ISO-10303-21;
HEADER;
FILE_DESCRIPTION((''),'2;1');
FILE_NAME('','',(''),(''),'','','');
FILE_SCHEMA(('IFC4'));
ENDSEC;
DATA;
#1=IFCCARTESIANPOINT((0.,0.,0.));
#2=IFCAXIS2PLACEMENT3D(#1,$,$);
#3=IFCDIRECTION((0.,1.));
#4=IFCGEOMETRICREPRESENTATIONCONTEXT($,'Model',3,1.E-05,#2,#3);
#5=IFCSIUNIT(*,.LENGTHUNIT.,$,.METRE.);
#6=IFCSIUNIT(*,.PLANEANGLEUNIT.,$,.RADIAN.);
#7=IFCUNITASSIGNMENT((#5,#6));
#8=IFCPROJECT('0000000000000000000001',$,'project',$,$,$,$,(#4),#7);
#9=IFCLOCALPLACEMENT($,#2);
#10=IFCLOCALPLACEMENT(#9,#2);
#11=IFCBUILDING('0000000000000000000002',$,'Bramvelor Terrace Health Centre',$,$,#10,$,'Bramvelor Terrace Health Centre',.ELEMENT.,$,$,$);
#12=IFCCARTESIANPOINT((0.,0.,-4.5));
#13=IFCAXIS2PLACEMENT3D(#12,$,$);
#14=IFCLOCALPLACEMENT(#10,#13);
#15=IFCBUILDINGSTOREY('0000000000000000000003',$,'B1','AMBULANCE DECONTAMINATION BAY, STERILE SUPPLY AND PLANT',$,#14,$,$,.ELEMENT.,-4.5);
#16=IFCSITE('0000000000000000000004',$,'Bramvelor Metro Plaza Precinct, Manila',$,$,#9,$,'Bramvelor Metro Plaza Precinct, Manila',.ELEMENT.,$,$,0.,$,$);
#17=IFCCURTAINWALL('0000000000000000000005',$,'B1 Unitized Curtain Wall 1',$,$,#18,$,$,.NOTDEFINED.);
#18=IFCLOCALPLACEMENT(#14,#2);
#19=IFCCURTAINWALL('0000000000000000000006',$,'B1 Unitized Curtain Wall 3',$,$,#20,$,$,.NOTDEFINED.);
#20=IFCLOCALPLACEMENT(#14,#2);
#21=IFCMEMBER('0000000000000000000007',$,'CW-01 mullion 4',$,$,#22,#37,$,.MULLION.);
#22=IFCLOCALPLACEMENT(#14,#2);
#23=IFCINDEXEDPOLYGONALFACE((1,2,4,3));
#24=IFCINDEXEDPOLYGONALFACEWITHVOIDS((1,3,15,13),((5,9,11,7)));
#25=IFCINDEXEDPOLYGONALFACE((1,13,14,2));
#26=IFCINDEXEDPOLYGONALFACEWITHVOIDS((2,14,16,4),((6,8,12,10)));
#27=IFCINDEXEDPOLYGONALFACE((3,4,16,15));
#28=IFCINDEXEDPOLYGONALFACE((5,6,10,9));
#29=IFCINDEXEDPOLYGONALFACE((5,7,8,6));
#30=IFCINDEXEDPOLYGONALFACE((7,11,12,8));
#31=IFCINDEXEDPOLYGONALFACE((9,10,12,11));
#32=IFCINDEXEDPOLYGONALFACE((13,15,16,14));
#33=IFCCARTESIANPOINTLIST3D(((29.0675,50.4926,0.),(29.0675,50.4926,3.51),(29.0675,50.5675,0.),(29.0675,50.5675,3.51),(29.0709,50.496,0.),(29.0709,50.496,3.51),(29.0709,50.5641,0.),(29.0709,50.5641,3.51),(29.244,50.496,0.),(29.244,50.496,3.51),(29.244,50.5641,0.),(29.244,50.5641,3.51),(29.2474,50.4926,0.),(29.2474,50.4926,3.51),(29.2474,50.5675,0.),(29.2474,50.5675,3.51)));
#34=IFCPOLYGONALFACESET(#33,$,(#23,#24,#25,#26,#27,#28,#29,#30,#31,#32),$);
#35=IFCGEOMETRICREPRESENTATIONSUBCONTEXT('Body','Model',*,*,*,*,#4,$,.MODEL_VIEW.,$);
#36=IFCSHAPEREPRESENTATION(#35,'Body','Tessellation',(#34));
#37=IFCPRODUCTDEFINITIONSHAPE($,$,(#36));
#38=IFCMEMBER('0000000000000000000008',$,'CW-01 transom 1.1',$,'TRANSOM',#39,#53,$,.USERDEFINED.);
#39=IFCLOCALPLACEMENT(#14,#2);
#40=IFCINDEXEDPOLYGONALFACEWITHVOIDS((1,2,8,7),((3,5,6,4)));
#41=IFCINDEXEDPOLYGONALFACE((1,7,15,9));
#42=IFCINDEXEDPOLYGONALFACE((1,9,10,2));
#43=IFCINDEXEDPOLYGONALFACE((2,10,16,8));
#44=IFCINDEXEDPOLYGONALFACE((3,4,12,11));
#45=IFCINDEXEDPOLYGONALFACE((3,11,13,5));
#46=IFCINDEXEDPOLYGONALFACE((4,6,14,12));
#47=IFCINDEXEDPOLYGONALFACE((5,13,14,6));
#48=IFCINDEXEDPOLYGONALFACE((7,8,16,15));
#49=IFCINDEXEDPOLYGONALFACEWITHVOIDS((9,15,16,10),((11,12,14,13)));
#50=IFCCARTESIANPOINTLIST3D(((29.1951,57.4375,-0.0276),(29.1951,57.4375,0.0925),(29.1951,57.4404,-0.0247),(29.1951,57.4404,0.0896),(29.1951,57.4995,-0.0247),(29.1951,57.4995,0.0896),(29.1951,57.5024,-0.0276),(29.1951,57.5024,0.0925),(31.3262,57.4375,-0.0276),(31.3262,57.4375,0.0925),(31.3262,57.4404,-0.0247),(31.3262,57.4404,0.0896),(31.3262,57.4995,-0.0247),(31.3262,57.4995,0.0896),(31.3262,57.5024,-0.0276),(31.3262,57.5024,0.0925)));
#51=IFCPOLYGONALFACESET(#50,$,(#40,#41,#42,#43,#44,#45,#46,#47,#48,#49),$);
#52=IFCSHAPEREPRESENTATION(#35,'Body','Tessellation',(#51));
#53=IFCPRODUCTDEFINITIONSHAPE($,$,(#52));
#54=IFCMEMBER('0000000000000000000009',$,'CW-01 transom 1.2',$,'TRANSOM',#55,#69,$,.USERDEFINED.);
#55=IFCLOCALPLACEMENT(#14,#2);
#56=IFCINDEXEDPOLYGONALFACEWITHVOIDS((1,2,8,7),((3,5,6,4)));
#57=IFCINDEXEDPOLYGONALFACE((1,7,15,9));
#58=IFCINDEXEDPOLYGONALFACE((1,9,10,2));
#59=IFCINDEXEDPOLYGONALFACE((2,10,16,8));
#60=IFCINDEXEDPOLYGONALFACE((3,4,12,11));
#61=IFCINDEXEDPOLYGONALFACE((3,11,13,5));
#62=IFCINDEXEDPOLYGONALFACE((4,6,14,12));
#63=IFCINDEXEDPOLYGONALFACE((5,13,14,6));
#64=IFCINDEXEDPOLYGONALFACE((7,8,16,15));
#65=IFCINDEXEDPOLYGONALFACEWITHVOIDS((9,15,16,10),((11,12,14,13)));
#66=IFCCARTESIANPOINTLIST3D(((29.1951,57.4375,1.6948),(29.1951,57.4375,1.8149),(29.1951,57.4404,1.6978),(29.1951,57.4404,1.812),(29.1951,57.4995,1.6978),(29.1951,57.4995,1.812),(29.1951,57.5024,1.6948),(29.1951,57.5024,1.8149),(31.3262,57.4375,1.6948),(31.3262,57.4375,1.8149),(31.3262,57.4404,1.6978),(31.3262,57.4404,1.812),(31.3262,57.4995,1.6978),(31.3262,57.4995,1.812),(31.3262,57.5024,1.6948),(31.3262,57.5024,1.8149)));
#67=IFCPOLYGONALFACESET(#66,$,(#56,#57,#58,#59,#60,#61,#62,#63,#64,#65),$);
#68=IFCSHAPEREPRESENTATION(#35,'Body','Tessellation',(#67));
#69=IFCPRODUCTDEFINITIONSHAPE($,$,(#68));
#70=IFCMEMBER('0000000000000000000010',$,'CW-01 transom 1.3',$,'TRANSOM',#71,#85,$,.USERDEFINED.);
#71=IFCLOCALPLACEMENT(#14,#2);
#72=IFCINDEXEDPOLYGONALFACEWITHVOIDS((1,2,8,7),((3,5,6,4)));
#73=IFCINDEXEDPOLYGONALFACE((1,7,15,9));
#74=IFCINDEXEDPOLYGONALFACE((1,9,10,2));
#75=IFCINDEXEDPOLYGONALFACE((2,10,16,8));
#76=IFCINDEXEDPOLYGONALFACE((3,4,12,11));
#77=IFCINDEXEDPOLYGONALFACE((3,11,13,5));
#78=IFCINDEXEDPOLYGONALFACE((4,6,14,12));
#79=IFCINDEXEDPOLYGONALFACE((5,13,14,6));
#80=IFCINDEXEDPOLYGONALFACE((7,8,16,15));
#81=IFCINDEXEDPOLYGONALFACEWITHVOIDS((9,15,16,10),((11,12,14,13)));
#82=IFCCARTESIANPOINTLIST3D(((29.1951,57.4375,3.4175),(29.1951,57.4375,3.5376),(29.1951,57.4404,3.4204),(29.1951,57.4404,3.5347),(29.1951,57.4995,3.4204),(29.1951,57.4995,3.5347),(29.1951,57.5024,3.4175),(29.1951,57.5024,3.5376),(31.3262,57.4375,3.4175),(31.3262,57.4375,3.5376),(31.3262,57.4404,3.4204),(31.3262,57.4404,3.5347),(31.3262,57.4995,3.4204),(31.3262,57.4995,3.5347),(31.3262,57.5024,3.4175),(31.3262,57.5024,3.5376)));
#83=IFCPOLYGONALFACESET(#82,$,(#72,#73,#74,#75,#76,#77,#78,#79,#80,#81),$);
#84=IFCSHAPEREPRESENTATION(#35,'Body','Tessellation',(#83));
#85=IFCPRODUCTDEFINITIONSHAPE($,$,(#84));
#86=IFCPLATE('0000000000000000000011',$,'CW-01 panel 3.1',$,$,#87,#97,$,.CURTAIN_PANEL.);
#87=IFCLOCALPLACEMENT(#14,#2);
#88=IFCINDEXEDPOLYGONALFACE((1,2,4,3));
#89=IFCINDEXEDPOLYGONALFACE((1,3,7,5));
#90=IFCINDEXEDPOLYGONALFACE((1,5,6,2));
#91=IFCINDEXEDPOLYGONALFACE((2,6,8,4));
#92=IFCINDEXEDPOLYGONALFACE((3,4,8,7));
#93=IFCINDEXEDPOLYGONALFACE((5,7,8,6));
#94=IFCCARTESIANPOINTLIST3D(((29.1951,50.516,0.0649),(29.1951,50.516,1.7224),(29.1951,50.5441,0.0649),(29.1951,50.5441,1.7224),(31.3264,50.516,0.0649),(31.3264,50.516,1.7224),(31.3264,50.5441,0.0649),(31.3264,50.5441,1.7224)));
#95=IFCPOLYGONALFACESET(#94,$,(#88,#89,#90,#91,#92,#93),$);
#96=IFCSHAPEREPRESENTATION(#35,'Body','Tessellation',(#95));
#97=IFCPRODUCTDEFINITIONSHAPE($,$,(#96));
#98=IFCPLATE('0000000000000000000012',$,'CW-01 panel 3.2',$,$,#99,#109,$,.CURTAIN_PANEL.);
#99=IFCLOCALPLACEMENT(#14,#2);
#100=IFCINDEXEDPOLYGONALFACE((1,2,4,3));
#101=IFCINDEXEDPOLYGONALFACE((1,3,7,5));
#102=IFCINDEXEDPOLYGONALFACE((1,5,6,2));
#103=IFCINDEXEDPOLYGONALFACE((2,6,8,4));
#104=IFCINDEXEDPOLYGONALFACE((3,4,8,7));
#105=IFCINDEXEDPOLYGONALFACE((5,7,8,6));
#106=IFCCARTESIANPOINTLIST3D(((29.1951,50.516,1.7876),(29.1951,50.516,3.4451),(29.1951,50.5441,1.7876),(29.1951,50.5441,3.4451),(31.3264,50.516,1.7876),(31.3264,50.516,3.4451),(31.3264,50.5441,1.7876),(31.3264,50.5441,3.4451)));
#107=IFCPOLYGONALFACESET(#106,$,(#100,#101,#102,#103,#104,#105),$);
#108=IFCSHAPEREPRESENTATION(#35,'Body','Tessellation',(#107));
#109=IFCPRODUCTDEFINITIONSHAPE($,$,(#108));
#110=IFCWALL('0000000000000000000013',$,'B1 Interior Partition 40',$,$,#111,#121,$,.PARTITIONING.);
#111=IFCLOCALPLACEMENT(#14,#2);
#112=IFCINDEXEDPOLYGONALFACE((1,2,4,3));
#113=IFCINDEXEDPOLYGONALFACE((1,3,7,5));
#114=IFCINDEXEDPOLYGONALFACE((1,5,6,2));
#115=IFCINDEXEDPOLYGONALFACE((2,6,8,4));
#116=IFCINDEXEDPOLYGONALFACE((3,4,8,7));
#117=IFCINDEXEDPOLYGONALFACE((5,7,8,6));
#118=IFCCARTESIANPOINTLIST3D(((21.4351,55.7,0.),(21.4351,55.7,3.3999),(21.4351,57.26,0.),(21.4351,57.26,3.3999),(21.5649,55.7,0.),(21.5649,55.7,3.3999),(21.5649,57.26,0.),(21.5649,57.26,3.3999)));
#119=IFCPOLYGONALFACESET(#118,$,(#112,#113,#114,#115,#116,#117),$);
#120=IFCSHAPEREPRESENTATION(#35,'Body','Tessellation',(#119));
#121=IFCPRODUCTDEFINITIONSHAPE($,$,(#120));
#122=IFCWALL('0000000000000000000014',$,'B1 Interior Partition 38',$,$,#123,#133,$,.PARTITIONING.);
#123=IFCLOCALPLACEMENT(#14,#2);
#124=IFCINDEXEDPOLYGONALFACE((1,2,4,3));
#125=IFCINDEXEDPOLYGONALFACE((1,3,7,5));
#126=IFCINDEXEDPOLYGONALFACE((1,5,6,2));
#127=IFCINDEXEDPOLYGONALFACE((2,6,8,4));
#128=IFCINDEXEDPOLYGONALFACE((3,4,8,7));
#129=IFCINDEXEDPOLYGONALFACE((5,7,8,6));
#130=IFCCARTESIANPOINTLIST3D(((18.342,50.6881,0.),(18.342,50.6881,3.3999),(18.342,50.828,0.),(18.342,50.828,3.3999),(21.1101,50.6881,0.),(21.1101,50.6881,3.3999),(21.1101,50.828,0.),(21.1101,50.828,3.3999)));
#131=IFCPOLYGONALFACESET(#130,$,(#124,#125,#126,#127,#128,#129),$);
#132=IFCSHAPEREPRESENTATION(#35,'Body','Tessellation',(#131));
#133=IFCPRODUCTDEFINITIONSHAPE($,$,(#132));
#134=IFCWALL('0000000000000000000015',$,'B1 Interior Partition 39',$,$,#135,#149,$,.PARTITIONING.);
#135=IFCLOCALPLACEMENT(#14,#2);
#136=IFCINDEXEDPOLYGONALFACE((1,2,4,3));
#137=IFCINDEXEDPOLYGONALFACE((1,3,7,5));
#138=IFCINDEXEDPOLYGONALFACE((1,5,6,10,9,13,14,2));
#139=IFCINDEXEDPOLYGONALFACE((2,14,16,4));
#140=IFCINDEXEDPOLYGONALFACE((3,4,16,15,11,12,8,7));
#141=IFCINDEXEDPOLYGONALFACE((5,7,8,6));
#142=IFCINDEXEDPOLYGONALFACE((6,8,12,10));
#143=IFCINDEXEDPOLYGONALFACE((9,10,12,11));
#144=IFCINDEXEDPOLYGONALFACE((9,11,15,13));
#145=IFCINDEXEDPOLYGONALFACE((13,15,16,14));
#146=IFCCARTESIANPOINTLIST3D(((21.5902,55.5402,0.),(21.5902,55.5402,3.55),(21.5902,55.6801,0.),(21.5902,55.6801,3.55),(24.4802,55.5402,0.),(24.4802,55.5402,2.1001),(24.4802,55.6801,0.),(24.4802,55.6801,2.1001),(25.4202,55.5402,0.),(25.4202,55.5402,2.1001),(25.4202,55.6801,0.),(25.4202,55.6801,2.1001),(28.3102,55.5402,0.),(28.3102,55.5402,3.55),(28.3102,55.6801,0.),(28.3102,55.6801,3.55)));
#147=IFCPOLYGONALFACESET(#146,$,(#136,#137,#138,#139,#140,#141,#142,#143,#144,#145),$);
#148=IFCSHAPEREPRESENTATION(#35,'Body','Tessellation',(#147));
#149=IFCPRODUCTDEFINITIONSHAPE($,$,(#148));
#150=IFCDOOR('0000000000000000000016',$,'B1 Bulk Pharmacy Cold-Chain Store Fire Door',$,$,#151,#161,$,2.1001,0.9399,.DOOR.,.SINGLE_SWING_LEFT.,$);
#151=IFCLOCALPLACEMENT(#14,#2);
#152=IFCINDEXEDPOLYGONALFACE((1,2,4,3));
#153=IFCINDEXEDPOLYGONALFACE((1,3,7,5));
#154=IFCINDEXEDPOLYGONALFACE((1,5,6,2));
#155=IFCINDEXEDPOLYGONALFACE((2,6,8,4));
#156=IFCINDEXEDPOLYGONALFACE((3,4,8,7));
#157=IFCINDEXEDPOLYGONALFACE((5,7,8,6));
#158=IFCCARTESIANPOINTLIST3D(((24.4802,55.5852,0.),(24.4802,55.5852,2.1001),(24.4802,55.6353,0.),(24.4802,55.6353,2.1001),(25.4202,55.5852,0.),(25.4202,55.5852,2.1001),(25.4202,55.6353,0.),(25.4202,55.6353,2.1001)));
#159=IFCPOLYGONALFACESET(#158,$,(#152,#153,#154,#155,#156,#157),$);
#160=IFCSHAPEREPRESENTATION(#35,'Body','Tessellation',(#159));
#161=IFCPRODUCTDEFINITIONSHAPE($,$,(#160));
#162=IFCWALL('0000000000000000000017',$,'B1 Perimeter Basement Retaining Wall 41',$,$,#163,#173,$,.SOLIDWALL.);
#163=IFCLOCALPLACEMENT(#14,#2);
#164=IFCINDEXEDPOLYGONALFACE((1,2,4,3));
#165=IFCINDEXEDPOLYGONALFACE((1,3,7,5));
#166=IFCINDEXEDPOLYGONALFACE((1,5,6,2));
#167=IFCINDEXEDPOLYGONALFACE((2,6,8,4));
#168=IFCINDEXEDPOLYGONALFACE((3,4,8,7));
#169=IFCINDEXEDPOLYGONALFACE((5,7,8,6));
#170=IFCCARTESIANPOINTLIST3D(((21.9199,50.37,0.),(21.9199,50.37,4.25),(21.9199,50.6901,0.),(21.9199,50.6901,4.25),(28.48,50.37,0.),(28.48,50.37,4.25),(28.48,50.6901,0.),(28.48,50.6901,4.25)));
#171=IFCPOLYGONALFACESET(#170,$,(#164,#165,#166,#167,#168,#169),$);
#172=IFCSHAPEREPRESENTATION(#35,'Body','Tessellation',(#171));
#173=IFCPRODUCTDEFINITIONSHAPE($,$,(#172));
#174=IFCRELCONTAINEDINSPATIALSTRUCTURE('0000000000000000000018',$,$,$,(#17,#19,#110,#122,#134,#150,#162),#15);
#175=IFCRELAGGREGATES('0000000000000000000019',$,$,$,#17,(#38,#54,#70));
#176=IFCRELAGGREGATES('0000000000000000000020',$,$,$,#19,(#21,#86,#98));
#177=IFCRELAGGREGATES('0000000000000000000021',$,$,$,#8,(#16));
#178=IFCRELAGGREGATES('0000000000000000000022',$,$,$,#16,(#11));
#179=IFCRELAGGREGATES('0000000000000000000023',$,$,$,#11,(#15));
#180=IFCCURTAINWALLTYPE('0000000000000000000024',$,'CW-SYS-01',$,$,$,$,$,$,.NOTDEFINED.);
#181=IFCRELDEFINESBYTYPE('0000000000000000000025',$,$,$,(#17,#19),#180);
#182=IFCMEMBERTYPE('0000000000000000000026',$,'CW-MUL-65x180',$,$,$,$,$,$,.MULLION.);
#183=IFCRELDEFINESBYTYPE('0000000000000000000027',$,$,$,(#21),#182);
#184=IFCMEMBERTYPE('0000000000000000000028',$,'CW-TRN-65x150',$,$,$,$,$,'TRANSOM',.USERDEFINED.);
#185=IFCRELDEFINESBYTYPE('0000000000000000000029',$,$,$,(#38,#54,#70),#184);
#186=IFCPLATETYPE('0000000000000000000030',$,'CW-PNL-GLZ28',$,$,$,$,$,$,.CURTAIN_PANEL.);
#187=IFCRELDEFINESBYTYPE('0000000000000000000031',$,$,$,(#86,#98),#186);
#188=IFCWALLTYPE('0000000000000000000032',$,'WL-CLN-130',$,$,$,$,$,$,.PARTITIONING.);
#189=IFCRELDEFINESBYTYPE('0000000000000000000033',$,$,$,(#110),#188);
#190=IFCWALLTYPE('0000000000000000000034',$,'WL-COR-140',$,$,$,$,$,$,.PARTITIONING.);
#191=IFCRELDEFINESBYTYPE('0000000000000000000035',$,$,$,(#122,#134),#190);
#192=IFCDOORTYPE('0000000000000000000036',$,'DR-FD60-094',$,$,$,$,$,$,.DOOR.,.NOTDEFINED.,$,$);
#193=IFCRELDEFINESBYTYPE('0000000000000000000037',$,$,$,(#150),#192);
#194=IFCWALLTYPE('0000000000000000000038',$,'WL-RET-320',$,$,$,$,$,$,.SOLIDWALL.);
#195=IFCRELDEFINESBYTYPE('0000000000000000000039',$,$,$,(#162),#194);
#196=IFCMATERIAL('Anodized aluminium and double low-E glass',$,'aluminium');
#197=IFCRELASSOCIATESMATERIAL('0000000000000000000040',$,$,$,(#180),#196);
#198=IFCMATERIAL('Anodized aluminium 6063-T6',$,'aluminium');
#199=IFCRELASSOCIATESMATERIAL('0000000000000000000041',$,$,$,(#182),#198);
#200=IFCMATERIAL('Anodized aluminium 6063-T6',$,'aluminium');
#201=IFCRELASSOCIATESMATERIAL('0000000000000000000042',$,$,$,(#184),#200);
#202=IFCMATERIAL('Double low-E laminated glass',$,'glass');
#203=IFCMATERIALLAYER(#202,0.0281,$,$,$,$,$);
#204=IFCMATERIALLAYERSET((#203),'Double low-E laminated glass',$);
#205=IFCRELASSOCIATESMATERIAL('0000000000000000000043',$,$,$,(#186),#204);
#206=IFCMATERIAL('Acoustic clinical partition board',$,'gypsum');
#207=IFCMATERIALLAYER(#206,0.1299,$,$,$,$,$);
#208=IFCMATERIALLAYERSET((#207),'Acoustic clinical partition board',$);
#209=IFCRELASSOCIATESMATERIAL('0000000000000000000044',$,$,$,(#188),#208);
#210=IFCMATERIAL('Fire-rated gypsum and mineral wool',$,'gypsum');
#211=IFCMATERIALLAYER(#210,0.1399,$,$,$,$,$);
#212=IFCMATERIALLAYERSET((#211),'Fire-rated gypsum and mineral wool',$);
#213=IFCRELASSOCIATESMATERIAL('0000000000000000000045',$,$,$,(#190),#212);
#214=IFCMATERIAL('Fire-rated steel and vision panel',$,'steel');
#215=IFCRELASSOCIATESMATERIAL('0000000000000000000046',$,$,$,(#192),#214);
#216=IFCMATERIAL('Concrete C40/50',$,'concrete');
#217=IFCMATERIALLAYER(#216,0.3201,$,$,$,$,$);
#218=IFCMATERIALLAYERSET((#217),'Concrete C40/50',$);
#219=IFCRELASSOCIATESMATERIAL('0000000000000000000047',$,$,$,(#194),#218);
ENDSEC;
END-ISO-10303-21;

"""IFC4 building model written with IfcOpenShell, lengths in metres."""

from ifc_helpers import new_model, si_unit, direction, frame, frame_2d, origin, origin_2d, place, context, subcontext, project, spatial, rectangle, hollow_rectangle, extrude, material, layer, layer_set, material_profile, profile_set, type_object, element, fill, aggregate, save


model = new_model("IFC4")

# Units and contexts
model_context = context("Model", 3, precision=1e-05, world=origin(), true_north=direction((0.0, 1.0)))
body_context = subcontext(model_context, "Body", "Model", "MODEL_VIEW")
ifc_project = project(units=[si_unit("LENGTHUNIT", "METRE"), si_unit("PLANEANGLEUNIT", "RADIAN")], contexts=[model_context])

# Site, building, storey
site_placement = place(None, origin())
site = spatial("IfcSite", under=ifc_project, at=site_placement, Name="Bramvelor Metro Plaza Precinct, Manila", LongName="Bramvelor Metro Plaza Precinct, Manila", CompositionType="ELEMENT", RefElevation=0.0)
building_placement = place(site_placement, origin())
building = spatial("IfcBuilding", under=site, at=building_placement, Name="Bramvelor Terrace Health Centre", LongName="Bramvelor Terrace Health Centre", CompositionType="ELEMENT")
storey_placement = place(building_placement, frame((0.0, 0.0, -4.5)))
storey = spatial("IfcBuildingStorey", under=building, at=storey_placement, Name="B1", Description="AMBULANCE DECONTAMINATION BAY, STERILE SUPPLY AND PLANT", CompositionType="ELEMENT", Elevation=-4.5)

# Curtain walls, member
ifc_material_1 = material(Name="Anodized aluminium and double low-E glass", Category="aluminium")
curtain_wall_type = type_object("IfcCurtainWallType", Name="CW-SYS-01", PredefinedType="NOTDEFINED", material=ifc_material_1)
curtain_wall_1_placement = place(storey_placement, origin())
curtain_wall_1 = element("IfcCurtainWall", 1, at=curtain_wall_1_placement, inside=storey, type_object=curtain_wall_type, Name="B1 Unitized Curtain Wall 1", PredefinedType="NOTDEFINED")
ifc_material_2 = material(Name="Anodized aluminium 6063-T6", Category="aluminium")
ifc_material_profile_1 = material_profile(ifc_material_2, hollow_rectangle(XDim=0.075, YDim=0.1799, WallThickness=0.0034, at=origin_2d()), Name="ALU-MUL 75x180x3.5")
ifc_profile_set_1 = profile_set([ifc_material_profile_1], Name="Anodized aluminium 6063-T6")
member_type_1 = type_object("IfcMemberType", Name="CW-MUL-65x180", PredefinedType="MULLION", material=ifc_profile_set_1)
curtain_wall_2_placement = place(storey_placement, origin())
curtain_wall_2 = element("IfcCurtainWall", 2, at=curtain_wall_2_placement, inside=storey, type_object=curtain_wall_type, Name="B1 Unitized Curtain Wall 3", PredefinedType="NOTDEFINED")
member_1_placement = place(storey_placement, frame((29.1575, 50.53, 0.0), z_axis=(0.0, 0.0, 1.0), x_axis=(0.0, -1.0, 0.0)))
member_1 = element("IfcMember", 3, at=member_1_placement, type_object=member_type_1, Name="CW-01 mullion 4", PredefinedType="MULLION", context=body_context, shape_type="SweptSolid", body=[
    extrude(hollow_rectangle(XDim=0.075, YDim=0.1799, WallThickness=0.0034, at=origin_2d()), origin(), (0.0, 0.0, 1.0), 3.51),
])

# Members
ifc_material_3 = material(Name="Anodized aluminium 6063-T6", Category="aluminium")
ifc_material_profile_2 = material_profile(ifc_material_3, hollow_rectangle(XDim=0.0649, YDim=0.1201, WallThickness=0.0029, at=origin_2d()), Name="ALU-TRN 65x120x3.0")
ifc_profile_set_2 = profile_set([ifc_material_profile_2], Name="Anodized aluminium 6063-T6")
member_type_2 = type_object("IfcMemberType", Name="CW-TRN-65x150", ElementType="TRANSOM", PredefinedType="USERDEFINED", material=ifc_profile_set_2)
member_2_placement = place(storey_placement, frame((29.1951, 57.47, 0.0325), z_axis=(1.0, 0.0, 0.0), x_axis=(0.0, 1.0, 0.0)))
member_2 = element("IfcMember", 4, at=member_2_placement, type_object=member_type_2, Name="CW-01 transom 1.1", ObjectType="TRANSOM", PredefinedType="USERDEFINED", context=body_context, shape_type="SweptSolid", body=[
    extrude(hollow_rectangle(XDim=0.0649, YDim=0.1201, WallThickness=0.0029, at=origin_2d()), origin(), (0.0, 0.0, 1.0), 2.1311),
])
member_3_placement = place(storey_placement, frame((29.1951, 57.47, 1.7549), z_axis=(1.0, 0.0, 0.0), x_axis=(0.0, 1.0, 0.0)))
member_3 = element("IfcMember", 5, at=member_3_placement, type_object=member_type_2, Name="CW-01 transom 1.2", ObjectType="TRANSOM", PredefinedType="USERDEFINED", context=body_context, shape_type="SweptSolid", body=[
    extrude(hollow_rectangle(XDim=0.0649, YDim=0.1201, WallThickness=0.0029, at=origin_2d()), origin(), (0.0, 0.0, 1.0), 2.1311),
])
member_4_placement = place(storey_placement, frame((29.1951, 57.47, 3.4775), z_axis=(1.0, 0.0, 0.0), x_axis=(0.0, 1.0, 0.0)))
member_4 = element("IfcMember", 6, at=member_4_placement, type_object=member_type_2, Name="CW-01 transom 1.3", ObjectType="TRANSOM", PredefinedType="USERDEFINED", context=body_context, shape_type="SweptSolid", body=[
    extrude(hollow_rectangle(XDim=0.0649, YDim=0.1201, WallThickness=0.0029, at=origin_2d()), origin(), (0.0, 0.0, 1.0), 2.1311),
])
aggregate(curtain_wall_1, [member_2, member_3, member_4])

# Plates
ifc_material_4 = material(Name="Double low-E laminated glass", Category="glass")
ifc_layer_1 = layer(ifc_material_4, 0.0281)
ifc_layer_set_1 = layer_set([ifc_layer_1], Name="Double low-E laminated glass")
plate_type = type_object("IfcPlateType", Name="CW-PNL-GLZ28", PredefinedType="CURTAIN_PANEL", material=ifc_layer_set_1)
plate_1_placement = place(storey_placement, frame((30.2607, 50.53, 0.0649), z_axis=(0.0, 0.0, 1.0), x_axis=(-1.0, 0.0, 0.0)))
plate_1 = element("IfcPlate", 7, at=plate_1_placement, type_object=plate_type, Name="CW-01 panel 3.1", PredefinedType="CURTAIN_PANEL", context=body_context, shape_type="SweptSolid", body=[
    extrude(rectangle(XDim=2.1313, YDim=0.0281, at=origin_2d()), origin(), (0.0, 0.0, 1.0), 1.6575),
])
plate_2_placement = place(storey_placement, frame((30.2607, 50.53, 1.7876), z_axis=(0.0, 0.0, 1.0), x_axis=(-1.0, 0.0, 0.0)))
plate_2 = element("IfcPlate", 8, at=plate_2_placement, type_object=plate_type, Name="CW-01 panel 3.2", PredefinedType="CURTAIN_PANEL", context=body_context, shape_type="SweptSolid", body=[
    extrude(rectangle(XDim=2.1313, YDim=0.0281, at=origin_2d()), origin(), (0.0, 0.0, 1.0), 1.6575),
])
aggregate(curtain_wall_2, [member_1, plate_1, plate_2])

# Walls
ifc_material_5 = material(Name="Acoustic clinical partition board", Category="gypsum")
ifc_layer_2 = layer(ifc_material_5, 0.1299)
ifc_layer_set_2 = layer_set([ifc_layer_2], Name="Acoustic clinical partition board")
wall_type_1 = type_object("IfcWallType", Name="WL-CLN-130", PredefinedType="PARTITIONING", material=ifc_layer_set_2)
wall_1_placement = place(storey_placement, frame((21.5, 55.7, 0.0), z_axis=(0.0, 0.0, 1.0), x_axis=(0.0, 1.0, 0.0)))
element("IfcWall", 9, at=wall_1_placement, inside=storey, type_object=wall_type_1, Name="B1 Interior Partition 40", PredefinedType="PARTITIONING", context=body_context, shape_type="SweptSolid", body=[
    extrude(rectangle(XDim=1.5601, YDim=0.1299, at=frame_2d((0.78, 0.0))), origin(), (0.0, 0.0, 1.0), 3.3999),
])
ifc_material_6 = material(Name="Fire-rated gypsum and mineral wool", Category="gypsum")
ifc_layer_3 = layer(ifc_material_6, 0.1399)
ifc_layer_set_3 = layer_set([ifc_layer_3], Name="Fire-rated gypsum and mineral wool")
wall_type_2 = type_object("IfcWallType", Name="WL-COR-140", PredefinedType="PARTITIONING", material=ifc_layer_set_3)
wall_2_placement = place(storey_placement, frame((18.342, 50.7581, 0.0), z_axis=(0.0, 0.0, 1.0), x_axis=(1.0, 0.0, 0.0)))
element("IfcWall", 10, at=wall_2_placement, inside=storey, type_object=wall_type_2, Name="B1 Interior Partition 38", PredefinedType="PARTITIONING", context=body_context, shape_type="SweptSolid", body=[
    extrude(rectangle(XDim=2.7681, YDim=0.1399, at=frame_2d((1.384, 0.0))), origin(), (0.0, 0.0, 1.0), 3.3999),
])

# Wall, opening, door
wall_3_placement = place(storey_placement, frame((28.3101, 55.6101, 0.0), z_axis=(0.0, 0.0, 1.0), x_axis=(-1.0, 0.0, 0.0)))
wall_3 = element("IfcWall", 11, at=wall_3_placement, inside=storey, type_object=wall_type_2, Name="B1 Interior Partition 39", PredefinedType="PARTITIONING", context=body_context, shape_type="SweptSolid", body=[
    extrude(rectangle(XDim=6.72, YDim=0.1399, at=frame_2d((3.3599, 0.0))), origin(), (0.0, 0.0, 1.0), 3.55),
])
opening_placement = place(wall_3_placement, frame((2.8899, 0.0, 0.0)))
opening = element("IfcOpeningElement", 12, at=opening_placement, cuts=wall_3, PredefinedType="OPENING", context=body_context, shape_type="SweptSolid", body=[
    extrude(rectangle(XDim=0.9399, YDim=2.1001, at=frame_2d((0.47, 1.05))), frame((0.0, 0.0798, 0.0), z_axis=(0.0, -1.0, 0.0), x_axis=(1.0, 0.0, 0.0)), (0.0, 0.0, 1.0), 0.1599),
])
ifc_material_7 = material(Name="Fire-rated steel and vision panel", Category="steel")
door_type = type_object("IfcDoorType", Name="DR-FD60-094", OperationType="NOTDEFINED", PredefinedType="DOOR", material=ifc_material_7)
door_placement = place(opening_placement, origin())
door = element("IfcDoor", 13, at=door_placement, inside=storey, type_object=door_type, Name="B1 Bulk Pharmacy Cold-Chain Store Fire Door", OperationType="SINGLE_SWING_LEFT", OverallHeight=2.1001, OverallWidth=0.9399, PredefinedType="DOOR", context=body_context, shape_type="SweptSolid", body=[
    extrude(rectangle(XDim=0.9399, YDim=2.1001, at=frame_2d((0.47, 1.05))), frame((0.0, 0.0249, 0.0), z_axis=(0.0, -1.0, 0.0), x_axis=(1.0, 0.0, 0.0)), (0.0, 0.0, 1.0), 0.05),
])
fill(opening, door)

# Wall
ifc_material_8 = material(Name="Concrete C40/50", Category="concrete")
ifc_layer_4 = layer(ifc_material_8, 0.3201)
ifc_layer_set_4 = layer_set([ifc_layer_4], Name="Concrete C40/50")
wall_type_3 = type_object("IfcWallType", Name="WL-RET-320", PredefinedType="SOLIDWALL", material=ifc_layer_set_4)
wall_4_placement = place(storey_placement, frame((28.48, 50.53, 0.0), z_axis=(0.0, 0.0, 1.0), x_axis=(-1.0, 0.0, 0.0)))
element("IfcWall", 14, at=wall_4_placement, inside=storey, type_object=wall_type_3, Name="B1 Perimeter Basement Retaining Wall 41", PredefinedType="SOLIDWALL", context=body_context, shape_type="SweptSolid", body=[
    extrude(rectangle(XDim=6.5601, YDim=0.3201, at=frame_2d((3.28, 0.0))), origin(), (0.0, 0.0, 1.0), 4.25),
])

save(model, "model.ifc")
